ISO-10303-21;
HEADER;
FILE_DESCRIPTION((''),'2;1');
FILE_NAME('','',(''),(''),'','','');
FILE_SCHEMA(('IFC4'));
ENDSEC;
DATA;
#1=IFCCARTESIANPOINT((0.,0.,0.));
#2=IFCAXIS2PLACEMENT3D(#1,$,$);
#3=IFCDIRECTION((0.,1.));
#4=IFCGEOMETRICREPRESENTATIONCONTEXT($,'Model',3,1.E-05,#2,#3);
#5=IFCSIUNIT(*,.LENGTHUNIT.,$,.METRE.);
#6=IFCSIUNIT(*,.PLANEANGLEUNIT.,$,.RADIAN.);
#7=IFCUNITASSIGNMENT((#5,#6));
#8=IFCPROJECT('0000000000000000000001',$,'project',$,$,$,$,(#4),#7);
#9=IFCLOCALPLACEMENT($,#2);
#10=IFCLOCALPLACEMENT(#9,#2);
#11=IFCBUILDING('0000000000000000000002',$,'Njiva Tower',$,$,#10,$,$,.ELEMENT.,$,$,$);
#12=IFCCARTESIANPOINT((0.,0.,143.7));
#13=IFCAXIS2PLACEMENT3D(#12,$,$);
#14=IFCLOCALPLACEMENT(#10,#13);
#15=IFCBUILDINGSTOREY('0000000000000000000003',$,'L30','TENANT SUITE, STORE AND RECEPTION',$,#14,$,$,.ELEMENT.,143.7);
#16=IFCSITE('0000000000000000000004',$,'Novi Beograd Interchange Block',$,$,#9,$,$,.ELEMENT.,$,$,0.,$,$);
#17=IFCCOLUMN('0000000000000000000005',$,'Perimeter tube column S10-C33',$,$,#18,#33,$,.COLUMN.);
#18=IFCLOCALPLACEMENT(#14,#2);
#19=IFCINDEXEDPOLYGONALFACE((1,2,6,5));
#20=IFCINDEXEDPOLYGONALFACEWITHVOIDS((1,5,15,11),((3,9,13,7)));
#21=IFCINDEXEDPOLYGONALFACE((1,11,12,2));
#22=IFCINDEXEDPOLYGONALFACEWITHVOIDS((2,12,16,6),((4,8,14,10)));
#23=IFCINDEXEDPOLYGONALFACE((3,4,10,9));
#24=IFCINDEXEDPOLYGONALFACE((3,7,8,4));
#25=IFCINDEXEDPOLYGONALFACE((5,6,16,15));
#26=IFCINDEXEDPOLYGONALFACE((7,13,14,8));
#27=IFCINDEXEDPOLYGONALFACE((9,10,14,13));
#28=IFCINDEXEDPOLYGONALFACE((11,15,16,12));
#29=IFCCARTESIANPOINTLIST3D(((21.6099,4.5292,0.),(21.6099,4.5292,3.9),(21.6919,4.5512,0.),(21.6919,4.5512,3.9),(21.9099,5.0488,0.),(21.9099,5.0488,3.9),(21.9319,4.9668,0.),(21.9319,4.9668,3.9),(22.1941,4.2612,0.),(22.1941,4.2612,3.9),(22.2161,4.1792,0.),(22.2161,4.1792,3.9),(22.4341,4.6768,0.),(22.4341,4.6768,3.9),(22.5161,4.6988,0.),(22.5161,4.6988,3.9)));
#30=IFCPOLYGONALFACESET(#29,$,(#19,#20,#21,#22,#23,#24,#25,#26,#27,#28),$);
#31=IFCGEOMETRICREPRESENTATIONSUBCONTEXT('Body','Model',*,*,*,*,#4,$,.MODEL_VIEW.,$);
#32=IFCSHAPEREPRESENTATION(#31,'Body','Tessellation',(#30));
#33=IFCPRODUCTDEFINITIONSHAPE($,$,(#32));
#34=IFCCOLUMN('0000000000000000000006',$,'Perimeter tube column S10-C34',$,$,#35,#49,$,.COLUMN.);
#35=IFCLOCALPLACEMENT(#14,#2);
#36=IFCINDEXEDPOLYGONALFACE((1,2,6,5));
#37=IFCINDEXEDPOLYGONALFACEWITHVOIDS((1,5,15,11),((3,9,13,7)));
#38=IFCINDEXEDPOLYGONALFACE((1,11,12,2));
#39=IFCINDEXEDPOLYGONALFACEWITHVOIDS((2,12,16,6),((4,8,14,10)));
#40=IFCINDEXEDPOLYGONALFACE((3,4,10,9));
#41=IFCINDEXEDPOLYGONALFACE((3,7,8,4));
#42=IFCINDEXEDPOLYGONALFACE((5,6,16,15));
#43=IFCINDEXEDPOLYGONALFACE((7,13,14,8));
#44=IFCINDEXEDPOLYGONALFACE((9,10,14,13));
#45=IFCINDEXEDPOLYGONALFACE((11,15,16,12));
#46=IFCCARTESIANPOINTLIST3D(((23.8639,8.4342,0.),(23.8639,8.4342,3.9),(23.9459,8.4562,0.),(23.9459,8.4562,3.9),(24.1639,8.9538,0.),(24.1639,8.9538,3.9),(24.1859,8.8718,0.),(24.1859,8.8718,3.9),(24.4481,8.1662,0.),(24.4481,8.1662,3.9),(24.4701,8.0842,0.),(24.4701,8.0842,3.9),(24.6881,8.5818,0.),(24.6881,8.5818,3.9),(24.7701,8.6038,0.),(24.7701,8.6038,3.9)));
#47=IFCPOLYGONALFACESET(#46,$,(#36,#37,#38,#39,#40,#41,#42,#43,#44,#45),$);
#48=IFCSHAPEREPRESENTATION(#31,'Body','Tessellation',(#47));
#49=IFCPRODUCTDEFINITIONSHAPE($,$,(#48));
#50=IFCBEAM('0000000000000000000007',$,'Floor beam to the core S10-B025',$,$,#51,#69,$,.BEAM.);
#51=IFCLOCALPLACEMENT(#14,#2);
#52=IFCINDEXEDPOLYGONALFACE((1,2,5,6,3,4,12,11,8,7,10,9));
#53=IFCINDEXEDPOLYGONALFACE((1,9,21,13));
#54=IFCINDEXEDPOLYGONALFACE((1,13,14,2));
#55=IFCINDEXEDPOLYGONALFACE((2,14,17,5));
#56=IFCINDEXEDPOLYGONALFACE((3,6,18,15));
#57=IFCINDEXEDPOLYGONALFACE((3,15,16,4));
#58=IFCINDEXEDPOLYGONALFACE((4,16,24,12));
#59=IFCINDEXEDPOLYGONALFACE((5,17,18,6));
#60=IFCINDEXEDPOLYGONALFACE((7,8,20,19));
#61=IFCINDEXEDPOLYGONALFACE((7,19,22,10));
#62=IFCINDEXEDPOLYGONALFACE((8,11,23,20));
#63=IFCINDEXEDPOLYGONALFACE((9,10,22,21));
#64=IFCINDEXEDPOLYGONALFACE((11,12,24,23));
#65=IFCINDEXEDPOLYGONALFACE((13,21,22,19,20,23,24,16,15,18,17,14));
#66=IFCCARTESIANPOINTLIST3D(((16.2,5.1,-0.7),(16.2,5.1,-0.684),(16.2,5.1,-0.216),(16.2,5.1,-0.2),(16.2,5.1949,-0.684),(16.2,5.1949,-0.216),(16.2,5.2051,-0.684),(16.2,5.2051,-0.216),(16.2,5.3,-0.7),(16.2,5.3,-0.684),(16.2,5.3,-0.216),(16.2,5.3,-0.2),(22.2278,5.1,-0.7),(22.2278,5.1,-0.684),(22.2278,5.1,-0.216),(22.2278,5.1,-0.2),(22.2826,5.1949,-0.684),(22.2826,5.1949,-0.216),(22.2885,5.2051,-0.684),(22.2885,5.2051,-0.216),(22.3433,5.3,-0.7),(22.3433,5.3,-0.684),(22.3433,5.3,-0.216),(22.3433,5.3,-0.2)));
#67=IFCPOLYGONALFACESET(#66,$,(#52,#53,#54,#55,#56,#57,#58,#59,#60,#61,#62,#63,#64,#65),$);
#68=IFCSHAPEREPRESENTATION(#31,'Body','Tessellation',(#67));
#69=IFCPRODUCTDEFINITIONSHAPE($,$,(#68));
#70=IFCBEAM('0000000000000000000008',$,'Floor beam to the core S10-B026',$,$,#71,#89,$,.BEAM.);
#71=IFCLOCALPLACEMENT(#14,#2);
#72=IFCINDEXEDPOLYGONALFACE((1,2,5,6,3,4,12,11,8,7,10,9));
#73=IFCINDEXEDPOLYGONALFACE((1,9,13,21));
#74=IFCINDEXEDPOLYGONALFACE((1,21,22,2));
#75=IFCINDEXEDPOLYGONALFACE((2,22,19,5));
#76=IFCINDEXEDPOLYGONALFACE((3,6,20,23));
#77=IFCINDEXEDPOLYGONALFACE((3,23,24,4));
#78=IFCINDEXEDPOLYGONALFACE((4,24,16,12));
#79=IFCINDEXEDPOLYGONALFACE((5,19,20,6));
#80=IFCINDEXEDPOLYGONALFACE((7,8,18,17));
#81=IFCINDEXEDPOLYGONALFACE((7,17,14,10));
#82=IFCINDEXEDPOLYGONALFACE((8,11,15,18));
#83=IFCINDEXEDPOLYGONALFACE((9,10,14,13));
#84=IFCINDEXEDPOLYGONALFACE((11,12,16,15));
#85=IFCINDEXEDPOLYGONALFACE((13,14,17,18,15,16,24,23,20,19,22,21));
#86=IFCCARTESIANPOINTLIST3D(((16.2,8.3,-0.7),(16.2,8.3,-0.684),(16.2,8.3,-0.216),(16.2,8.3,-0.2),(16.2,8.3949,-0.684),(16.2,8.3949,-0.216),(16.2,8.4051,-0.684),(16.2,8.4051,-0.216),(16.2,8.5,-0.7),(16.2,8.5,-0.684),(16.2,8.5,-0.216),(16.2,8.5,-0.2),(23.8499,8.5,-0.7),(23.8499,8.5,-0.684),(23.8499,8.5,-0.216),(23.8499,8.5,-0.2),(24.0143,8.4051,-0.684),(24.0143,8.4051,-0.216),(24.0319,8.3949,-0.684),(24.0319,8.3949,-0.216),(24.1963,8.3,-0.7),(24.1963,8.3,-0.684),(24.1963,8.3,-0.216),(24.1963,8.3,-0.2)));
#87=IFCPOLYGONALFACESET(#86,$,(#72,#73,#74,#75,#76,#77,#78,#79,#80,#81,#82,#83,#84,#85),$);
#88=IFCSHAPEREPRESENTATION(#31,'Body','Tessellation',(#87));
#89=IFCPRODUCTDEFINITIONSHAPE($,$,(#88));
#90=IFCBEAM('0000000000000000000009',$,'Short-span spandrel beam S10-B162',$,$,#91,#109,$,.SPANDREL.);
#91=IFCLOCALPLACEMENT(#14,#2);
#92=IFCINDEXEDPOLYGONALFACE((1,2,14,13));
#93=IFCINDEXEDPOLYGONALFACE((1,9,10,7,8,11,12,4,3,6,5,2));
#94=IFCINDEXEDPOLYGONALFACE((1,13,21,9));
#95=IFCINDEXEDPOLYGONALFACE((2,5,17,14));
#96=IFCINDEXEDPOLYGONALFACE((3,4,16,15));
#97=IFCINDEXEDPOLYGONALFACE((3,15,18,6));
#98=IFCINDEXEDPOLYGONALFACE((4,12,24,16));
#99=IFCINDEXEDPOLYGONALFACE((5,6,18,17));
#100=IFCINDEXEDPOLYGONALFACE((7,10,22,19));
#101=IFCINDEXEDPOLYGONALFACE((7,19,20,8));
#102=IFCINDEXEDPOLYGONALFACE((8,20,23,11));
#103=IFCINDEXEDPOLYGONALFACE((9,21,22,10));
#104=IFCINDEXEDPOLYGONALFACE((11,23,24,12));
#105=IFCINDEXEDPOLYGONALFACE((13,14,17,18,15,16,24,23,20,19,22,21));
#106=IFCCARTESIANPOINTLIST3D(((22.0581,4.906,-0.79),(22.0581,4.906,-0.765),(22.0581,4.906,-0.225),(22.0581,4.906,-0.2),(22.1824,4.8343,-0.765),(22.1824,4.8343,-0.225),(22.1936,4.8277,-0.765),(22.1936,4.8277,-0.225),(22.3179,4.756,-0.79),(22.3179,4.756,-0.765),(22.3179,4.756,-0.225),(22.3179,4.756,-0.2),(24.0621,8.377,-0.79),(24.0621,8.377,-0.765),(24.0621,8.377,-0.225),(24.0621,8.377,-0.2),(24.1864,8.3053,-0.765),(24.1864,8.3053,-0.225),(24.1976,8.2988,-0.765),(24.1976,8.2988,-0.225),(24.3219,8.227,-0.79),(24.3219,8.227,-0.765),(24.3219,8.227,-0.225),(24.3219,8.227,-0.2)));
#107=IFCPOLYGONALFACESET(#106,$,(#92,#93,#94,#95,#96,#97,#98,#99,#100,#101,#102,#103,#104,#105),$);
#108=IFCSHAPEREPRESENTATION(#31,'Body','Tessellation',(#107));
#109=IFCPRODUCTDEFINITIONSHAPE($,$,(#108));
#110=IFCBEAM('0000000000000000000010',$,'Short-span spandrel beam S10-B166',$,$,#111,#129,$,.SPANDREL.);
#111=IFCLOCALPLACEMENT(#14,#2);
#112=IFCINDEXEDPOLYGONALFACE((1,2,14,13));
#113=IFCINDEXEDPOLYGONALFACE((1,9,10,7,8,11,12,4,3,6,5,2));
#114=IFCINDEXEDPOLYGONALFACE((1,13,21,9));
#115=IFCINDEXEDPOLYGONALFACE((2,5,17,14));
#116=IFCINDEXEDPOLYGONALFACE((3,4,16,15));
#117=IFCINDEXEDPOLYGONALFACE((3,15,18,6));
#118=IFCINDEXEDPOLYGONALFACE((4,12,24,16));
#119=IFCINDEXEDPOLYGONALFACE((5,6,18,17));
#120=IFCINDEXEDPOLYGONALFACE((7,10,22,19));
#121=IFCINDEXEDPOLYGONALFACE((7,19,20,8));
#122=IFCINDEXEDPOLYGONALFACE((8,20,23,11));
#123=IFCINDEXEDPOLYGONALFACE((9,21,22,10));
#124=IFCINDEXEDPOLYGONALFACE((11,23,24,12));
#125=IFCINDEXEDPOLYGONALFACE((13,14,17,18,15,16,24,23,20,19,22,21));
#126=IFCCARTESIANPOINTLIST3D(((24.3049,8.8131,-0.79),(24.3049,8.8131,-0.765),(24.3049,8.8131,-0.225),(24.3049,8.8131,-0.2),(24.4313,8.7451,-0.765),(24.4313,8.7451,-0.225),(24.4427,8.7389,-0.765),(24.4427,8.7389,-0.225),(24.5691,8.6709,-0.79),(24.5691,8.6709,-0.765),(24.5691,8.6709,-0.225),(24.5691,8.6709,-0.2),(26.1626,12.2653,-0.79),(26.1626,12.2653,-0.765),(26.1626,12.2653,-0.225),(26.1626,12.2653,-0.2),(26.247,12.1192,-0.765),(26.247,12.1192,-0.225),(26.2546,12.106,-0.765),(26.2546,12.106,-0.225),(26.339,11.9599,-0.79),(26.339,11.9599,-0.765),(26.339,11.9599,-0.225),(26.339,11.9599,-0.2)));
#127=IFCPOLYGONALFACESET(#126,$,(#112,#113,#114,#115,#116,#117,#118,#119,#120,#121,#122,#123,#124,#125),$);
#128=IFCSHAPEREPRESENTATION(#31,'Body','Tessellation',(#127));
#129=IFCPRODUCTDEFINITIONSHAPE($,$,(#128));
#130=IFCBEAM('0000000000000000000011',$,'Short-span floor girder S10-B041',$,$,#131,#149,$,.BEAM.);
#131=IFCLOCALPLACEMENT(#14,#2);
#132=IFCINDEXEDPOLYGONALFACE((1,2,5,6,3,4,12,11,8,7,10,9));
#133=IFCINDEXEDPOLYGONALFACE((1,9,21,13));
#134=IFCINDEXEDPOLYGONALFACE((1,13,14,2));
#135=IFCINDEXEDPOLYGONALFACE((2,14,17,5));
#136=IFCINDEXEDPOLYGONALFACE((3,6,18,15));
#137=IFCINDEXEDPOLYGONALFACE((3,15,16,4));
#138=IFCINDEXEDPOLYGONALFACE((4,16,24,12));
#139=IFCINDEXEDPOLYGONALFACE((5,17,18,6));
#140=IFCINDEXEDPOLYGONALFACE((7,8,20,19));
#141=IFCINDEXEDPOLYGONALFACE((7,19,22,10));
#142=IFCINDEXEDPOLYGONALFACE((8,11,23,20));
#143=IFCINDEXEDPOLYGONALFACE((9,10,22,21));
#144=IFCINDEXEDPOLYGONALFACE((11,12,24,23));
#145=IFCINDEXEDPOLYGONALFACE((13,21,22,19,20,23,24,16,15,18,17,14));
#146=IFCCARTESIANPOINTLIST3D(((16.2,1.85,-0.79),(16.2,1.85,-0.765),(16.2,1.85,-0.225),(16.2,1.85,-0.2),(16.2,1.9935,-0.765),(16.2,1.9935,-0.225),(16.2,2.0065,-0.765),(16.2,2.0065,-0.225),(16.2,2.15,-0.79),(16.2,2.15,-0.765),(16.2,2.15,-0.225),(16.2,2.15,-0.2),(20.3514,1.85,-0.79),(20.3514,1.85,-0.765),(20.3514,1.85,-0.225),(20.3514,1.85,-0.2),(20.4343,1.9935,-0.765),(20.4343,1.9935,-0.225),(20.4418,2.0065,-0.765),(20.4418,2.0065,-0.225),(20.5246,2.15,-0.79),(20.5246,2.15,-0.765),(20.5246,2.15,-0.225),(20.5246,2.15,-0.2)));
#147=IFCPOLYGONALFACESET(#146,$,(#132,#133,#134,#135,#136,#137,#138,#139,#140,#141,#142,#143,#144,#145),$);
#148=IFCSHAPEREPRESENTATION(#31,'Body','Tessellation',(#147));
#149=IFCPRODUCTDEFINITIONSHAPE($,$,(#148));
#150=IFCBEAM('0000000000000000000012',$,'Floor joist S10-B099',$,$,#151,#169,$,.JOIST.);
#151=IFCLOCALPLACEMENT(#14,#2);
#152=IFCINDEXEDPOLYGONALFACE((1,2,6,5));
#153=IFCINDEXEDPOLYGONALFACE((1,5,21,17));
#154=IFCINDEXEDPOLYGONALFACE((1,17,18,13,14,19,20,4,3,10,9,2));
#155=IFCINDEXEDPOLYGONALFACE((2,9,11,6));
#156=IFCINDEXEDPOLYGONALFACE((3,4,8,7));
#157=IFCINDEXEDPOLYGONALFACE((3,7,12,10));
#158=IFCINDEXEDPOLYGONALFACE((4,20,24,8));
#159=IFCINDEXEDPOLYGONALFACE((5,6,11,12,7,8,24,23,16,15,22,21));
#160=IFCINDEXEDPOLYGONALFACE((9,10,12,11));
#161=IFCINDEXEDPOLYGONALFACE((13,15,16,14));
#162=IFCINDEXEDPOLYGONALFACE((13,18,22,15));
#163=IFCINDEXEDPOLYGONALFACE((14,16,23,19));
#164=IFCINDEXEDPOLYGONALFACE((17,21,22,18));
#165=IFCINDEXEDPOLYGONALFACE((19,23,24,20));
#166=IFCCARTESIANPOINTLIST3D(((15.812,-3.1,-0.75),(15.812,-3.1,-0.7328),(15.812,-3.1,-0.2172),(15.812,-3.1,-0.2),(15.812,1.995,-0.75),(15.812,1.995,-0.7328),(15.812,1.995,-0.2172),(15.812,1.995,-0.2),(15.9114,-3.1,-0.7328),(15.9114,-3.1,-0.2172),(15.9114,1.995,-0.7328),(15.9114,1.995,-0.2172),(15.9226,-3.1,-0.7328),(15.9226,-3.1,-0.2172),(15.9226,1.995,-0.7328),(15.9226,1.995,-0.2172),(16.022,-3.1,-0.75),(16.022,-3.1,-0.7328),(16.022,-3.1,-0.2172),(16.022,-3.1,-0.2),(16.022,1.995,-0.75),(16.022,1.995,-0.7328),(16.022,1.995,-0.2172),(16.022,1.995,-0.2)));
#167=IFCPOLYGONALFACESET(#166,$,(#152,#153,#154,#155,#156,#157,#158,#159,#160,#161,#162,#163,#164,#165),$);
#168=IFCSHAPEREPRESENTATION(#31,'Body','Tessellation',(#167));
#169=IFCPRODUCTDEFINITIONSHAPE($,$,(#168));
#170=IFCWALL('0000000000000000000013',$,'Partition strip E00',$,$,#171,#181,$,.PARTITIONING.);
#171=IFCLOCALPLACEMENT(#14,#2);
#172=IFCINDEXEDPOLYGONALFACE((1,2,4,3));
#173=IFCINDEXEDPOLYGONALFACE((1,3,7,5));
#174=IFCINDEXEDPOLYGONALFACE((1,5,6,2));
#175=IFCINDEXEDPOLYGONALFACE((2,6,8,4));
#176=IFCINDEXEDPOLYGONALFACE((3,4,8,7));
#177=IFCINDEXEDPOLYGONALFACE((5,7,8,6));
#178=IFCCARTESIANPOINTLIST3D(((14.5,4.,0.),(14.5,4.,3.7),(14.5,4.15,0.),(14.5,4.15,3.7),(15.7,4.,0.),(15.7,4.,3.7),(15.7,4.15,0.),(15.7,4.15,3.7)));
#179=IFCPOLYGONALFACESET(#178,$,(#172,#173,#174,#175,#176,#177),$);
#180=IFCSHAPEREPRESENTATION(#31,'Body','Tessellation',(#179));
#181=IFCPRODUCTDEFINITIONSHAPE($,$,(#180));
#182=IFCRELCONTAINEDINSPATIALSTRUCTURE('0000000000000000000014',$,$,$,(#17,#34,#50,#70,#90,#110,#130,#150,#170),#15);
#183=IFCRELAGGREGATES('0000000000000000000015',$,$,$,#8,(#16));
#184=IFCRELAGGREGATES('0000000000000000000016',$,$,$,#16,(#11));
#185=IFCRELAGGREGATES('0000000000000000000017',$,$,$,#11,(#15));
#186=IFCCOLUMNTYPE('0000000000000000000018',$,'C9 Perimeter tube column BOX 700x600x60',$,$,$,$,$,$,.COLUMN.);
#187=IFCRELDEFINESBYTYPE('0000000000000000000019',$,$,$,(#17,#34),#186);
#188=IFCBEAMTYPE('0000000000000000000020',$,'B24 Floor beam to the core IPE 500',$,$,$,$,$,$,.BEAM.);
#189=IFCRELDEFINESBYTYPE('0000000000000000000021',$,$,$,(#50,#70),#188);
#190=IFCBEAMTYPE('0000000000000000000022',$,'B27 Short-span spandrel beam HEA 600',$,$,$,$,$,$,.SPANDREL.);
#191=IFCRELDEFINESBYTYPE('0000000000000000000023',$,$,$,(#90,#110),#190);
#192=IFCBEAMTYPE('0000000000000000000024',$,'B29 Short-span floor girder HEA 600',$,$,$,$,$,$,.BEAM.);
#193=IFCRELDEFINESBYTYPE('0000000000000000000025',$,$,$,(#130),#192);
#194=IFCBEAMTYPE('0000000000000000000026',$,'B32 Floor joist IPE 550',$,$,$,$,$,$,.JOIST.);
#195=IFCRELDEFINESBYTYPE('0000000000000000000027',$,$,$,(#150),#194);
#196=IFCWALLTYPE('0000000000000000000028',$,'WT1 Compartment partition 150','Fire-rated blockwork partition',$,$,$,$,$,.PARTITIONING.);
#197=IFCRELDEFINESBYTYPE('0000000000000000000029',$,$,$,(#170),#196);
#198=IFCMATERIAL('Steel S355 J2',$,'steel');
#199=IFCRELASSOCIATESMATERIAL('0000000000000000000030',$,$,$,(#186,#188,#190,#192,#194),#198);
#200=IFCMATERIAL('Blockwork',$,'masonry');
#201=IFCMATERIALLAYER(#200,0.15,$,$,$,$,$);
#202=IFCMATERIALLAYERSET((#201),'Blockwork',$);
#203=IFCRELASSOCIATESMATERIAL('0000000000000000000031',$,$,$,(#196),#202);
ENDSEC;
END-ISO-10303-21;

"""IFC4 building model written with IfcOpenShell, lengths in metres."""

from ifc_helpers import new_model, si_unit, direction, frame, frame_2d, origin, origin_2d, place, context, subcontext, project, spatial, rectangle, hollow_rectangle, i_section, extrude, clip, halfspace, material, layer, layer_set, material_profile, profile_set, type_object, element, save


model = new_model("IFC4")

# Units and contexts
model_context = context("Model", 3, precision=1e-05, world=origin(), true_north=direction((0.0, 1.0)))
body_context = subcontext(model_context, "Body", "Model", "MODEL_VIEW")
ifc_project = project(units=[si_unit("LENGTHUNIT", "METRE"), si_unit("PLANEANGLEUNIT", "RADIAN")], contexts=[model_context])

# Site, building, storey
site_placement = place(None, origin())
site = spatial("IfcSite", under=ifc_project, at=site_placement, Name="Novi Beograd Interchange Block", CompositionType="ELEMENT", RefElevation=0.0)
building_placement = place(site_placement, origin())
building = spatial("IfcBuilding", under=site, at=building_placement, Name="Njiva Tower", CompositionType="ELEMENT")
storey_placement = place(building_placement, frame((0.0, 0.0, 143.7)))
storey = spatial("IfcBuildingStorey", under=building, at=storey_placement, Name="L30", Description="TENANT SUITE, STORE AND RECEPTION", CompositionType="ELEMENT", Elevation=143.7)

# Columns
ifc_material_1 = material(Name="Steel S355 J2", Category="steel")
ifc_material_profile_1 = material_profile(ifc_material_1, hollow_rectangle(XDim=0.6, YDim=0.7, WallThickness=0.06, at=origin_2d()), Name="BOX 700x600x60")
ifc_profile_set_1 = profile_set([ifc_material_profile_1], Name="Steel S355 J2")
column_type = type_object("IfcColumnType", Name="C9 Perimeter tube column BOX 700x600x60", PredefinedType="COLUMN", material=ifc_profile_set_1)
for number, where, z_axis, x_axis, name in (
    (1, (22.063, 4.614, 0.0), (0.0, 0.0, 1.0), (0.5, 0.866025, 0.0), "Perimeter tube column S10-C33"),
    (2, (24.317, 8.519, 0.0), (0.0, 0.0, 1.0), (0.5, 0.866025, 0.0), "Perimeter tube column S10-C34"),
):
    element("IfcColumn", number, at=place(storey_placement, frame(where, z_axis=z_axis, x_axis=x_axis)), inside=storey, type_object=column_type, Name=name, PredefinedType="COLUMN", context=body_context, shape_type="SweptSolid", body=[
        extrude(hollow_rectangle(XDim=0.6, YDim=0.7, WallThickness=0.06, at=origin_2d()), origin(), (0.0, 0.0, 1.0), 3.9),
    ])

# Beams
ifc_material_profile_2 = material_profile(ifc_material_1, i_section(OverallWidth=0.2, OverallDepth=0.5, WebThickness=0.0102, FlangeThickness=0.016, at=origin_2d()), Name="IPE 500")
ifc_profile_set_2 = profile_set([ifc_material_profile_2], Name="Steel S355 J2")
beam_type_1 = type_object("IfcBeamType", Name="B24 Floor beam to the core IPE 500", PredefinedType="BEAM", material=ifc_profile_set_2)
beam_1_placement = place(storey_placement, frame((16.2, 5.2, -0.45), z_axis=(1.0, 0.0, 0.0), x_axis=(0.0, 1.0, 0.0)))
element("IfcBeam", 3, at=beam_1_placement, inside=storey, type_object=beam_type_1, Name="Floor beam to the core S10-B025", PredefinedType="BEAM", context=body_context, shape_type="Clipping", body=[
    clip(extrude(i_section(OverallWidth=0.2, OverallDepth=0.5, WebThickness=0.0102, FlangeThickness=0.016, at=origin_2d()), origin(), (0.0, 0.0, 1.0), 6.164), halfspace(frame((-0.025, 0.0, 6.0711), z_axis=(-0.499998, 0.0, 0.866027), x_axis=(0.0, 1.0, 0.0)), False)),
])
beam_2_placement = place(storey_placement, frame((16.2, 8.4, -0.45), z_axis=(1.0, 0.0, 0.0), x_axis=(0.0, 1.0, 0.0)))
element("IfcBeam", 4, at=beam_2_placement, inside=storey, type_object=beam_type_1, Name="Floor beam to the core S10-B026", PredefinedType="BEAM", context=body_context, shape_type="Clipping", body=[
    clip(extrude(i_section(OverallWidth=0.2, OverallDepth=0.5, WebThickness=0.0102, FlangeThickness=0.016, at=origin_2d()), origin(), (0.0, 0.0, 1.0), 8.016), halfspace(frame((0.0433, 0.0, 7.7481), z_axis=(0.866027, 0.0, 0.499998), x_axis=(0.0, 1.0, 0.0)), False)),
])
ifc_material_profile_3 = material_profile(ifc_material_1, i_section(OverallWidth=0.3, OverallDepth=0.59, WebThickness=0.013, FlangeThickness=0.025, at=origin_2d()), Name="HEA 600")
ifc_profile_set_3 = profile_set([ifc_material_profile_3], Name="Steel S355 J2")
beam_type_2 = type_object("IfcBeamType", Name="B27 Short-span spandrel beam HEA 600", PredefinedType="SPANDREL", material=ifc_profile_set_3)
beam_3_placement = place(storey_placement, frame((22.188, 4.831, -0.495), z_axis=(0.500003, 0.866024, 0.0), x_axis=(-0.866024, 0.500003, 0.0)))
element("IfcBeam", 5, at=beam_3_placement, inside=storey, type_object=beam_type_2, Name="Short-span spandrel beam S10-B162", PredefinedType="SPANDREL", context=body_context, shape_type="SweptSolid", body=[
    extrude(i_section(OverallWidth=0.3, OverallDepth=0.59, WebThickness=0.013, FlangeThickness=0.025, at=origin_2d()), origin(), (0.0, 0.0, 1.0), 4.008),
])
beam_4_placement = place(storey_placement, frame((24.437, 8.742, -0.495), z_axis=(0.473866, 0.880597, 0.0), x_axis=(-0.880597, 0.473866, 0.0)))
element("IfcBeam", 6, at=beam_4_placement, inside=storey, type_object=beam_type_2, Name="Short-span spandrel beam S10-B166", PredefinedType="SPANDREL", context=body_context, shape_type="Clipping", body=[
    clip(extrude(i_section(OverallWidth=0.3, OverallDepth=0.59, WebThickness=0.013, FlangeThickness=0.025, at=origin_2d()), origin(), (0.0, 0.0, 1.0), 3.9411), halfspace(frame((-0.026, 0.0, 3.8116), z_axis=(-0.525688, 0.0, 0.850677), x_axis=(0.0, 1.0, 0.0)), False)),
])
ifc_material_profile_4 = material_profile(ifc_material_1, i_section(OverallWidth=0.3, OverallDepth=0.59, WebThickness=0.013, FlangeThickness=0.025, at=origin_2d()), Name="HEA 600")
ifc_profile_set_4 = profile_set([ifc_material_profile_4], Name="Steel S355 J2")
beam_type_3 = type_object("IfcBeamType", Name="B29 Short-span floor girder HEA 600", PredefinedType="BEAM", material=ifc_profile_set_4)
beam_5_placement = place(storey_placement, frame((16.2, 2.0, -0.495), z_axis=(1.0, 0.0, 0.0), x_axis=(0.0, 1.0, 0.0)))
element("IfcBeam", 7, at=beam_5_placement, inside=storey, type_object=beam_type_3, Name="Short-span floor girder S10-B041", PredefinedType="BEAM", context=body_context, shape_type="Clipping", body=[
    clip(extrude(i_section(OverallWidth=0.3, OverallDepth=0.59, WebThickness=0.013, FlangeThickness=0.025, at=origin_2d()), origin(), (0.0, 0.0, 1.0), 4.345), halfspace(frame((-0.025, 0.0, 4.2236), z_axis=(-0.499998, 0.0, 0.866027), x_axis=(0.0, 1.0, 0.0)), False)),
])
ifc_material_profile_5 = material_profile(ifc_material_1, i_section(OverallWidth=0.21, OverallDepth=0.55, WebThickness=0.0111, FlangeThickness=0.0172, at=origin_2d()), Name="IPE 550")
ifc_profile_set_5 = profile_set([ifc_material_profile_5], Name="Steel S355 J2")
beam_type_4 = type_object("IfcBeamType", Name="B32 Floor joist IPE 550", PredefinedType="JOIST", material=ifc_profile_set_5)
beam_6_placement = place(storey_placement, frame((15.917, 1.995, -0.475), z_axis=(0.0, -1.0, 0.0), x_axis=(1.0, 0.0, 0.0)))
element("IfcBeam", 8, at=beam_6_placement, inside=storey, type_object=beam_type_4, Name="Floor joist S10-B099", PredefinedType="JOIST", context=body_context, shape_type="SweptSolid", body=[
    extrude(i_section(OverallWidth=0.21, OverallDepth=0.55, WebThickness=0.0111, FlangeThickness=0.0172, at=origin_2d()), origin(), (0.0, 0.0, 1.0), 5.095),
])

# Wall
ifc_material_2 = material(Name="Blockwork", Category="masonry")
ifc_layer_1 = layer(ifc_material_2, 0.15)
ifc_layer_set_1 = layer_set([ifc_layer_1], Name="Blockwork")
wall_type_1 = type_object("IfcWallType", Name="WT1 Compartment partition 150", Description="Fire-rated blockwork partition", PredefinedType="PARTITIONING", material=ifc_layer_set_1)
wall_1_placement = place(storey_placement, frame((14.5, 4.075, 0.0), z_axis=(0.0, 0.0, 1.0), x_axis=(1.0, 0.0, 0.0)))
element("IfcWall", 9, at=wall_1_placement, inside=storey, type_object=wall_type_1, Name="Partition strip E00", PredefinedType="PARTITIONING", context=body_context, shape_type="SweptSolid", body=[
    extrude(rectangle(XDim=1.2, YDim=0.15, at=frame_2d((0.6, 0.0))), origin(), (0.0, 0.0, 1.0), 3.7),
])

save(model, "model.ifc")
